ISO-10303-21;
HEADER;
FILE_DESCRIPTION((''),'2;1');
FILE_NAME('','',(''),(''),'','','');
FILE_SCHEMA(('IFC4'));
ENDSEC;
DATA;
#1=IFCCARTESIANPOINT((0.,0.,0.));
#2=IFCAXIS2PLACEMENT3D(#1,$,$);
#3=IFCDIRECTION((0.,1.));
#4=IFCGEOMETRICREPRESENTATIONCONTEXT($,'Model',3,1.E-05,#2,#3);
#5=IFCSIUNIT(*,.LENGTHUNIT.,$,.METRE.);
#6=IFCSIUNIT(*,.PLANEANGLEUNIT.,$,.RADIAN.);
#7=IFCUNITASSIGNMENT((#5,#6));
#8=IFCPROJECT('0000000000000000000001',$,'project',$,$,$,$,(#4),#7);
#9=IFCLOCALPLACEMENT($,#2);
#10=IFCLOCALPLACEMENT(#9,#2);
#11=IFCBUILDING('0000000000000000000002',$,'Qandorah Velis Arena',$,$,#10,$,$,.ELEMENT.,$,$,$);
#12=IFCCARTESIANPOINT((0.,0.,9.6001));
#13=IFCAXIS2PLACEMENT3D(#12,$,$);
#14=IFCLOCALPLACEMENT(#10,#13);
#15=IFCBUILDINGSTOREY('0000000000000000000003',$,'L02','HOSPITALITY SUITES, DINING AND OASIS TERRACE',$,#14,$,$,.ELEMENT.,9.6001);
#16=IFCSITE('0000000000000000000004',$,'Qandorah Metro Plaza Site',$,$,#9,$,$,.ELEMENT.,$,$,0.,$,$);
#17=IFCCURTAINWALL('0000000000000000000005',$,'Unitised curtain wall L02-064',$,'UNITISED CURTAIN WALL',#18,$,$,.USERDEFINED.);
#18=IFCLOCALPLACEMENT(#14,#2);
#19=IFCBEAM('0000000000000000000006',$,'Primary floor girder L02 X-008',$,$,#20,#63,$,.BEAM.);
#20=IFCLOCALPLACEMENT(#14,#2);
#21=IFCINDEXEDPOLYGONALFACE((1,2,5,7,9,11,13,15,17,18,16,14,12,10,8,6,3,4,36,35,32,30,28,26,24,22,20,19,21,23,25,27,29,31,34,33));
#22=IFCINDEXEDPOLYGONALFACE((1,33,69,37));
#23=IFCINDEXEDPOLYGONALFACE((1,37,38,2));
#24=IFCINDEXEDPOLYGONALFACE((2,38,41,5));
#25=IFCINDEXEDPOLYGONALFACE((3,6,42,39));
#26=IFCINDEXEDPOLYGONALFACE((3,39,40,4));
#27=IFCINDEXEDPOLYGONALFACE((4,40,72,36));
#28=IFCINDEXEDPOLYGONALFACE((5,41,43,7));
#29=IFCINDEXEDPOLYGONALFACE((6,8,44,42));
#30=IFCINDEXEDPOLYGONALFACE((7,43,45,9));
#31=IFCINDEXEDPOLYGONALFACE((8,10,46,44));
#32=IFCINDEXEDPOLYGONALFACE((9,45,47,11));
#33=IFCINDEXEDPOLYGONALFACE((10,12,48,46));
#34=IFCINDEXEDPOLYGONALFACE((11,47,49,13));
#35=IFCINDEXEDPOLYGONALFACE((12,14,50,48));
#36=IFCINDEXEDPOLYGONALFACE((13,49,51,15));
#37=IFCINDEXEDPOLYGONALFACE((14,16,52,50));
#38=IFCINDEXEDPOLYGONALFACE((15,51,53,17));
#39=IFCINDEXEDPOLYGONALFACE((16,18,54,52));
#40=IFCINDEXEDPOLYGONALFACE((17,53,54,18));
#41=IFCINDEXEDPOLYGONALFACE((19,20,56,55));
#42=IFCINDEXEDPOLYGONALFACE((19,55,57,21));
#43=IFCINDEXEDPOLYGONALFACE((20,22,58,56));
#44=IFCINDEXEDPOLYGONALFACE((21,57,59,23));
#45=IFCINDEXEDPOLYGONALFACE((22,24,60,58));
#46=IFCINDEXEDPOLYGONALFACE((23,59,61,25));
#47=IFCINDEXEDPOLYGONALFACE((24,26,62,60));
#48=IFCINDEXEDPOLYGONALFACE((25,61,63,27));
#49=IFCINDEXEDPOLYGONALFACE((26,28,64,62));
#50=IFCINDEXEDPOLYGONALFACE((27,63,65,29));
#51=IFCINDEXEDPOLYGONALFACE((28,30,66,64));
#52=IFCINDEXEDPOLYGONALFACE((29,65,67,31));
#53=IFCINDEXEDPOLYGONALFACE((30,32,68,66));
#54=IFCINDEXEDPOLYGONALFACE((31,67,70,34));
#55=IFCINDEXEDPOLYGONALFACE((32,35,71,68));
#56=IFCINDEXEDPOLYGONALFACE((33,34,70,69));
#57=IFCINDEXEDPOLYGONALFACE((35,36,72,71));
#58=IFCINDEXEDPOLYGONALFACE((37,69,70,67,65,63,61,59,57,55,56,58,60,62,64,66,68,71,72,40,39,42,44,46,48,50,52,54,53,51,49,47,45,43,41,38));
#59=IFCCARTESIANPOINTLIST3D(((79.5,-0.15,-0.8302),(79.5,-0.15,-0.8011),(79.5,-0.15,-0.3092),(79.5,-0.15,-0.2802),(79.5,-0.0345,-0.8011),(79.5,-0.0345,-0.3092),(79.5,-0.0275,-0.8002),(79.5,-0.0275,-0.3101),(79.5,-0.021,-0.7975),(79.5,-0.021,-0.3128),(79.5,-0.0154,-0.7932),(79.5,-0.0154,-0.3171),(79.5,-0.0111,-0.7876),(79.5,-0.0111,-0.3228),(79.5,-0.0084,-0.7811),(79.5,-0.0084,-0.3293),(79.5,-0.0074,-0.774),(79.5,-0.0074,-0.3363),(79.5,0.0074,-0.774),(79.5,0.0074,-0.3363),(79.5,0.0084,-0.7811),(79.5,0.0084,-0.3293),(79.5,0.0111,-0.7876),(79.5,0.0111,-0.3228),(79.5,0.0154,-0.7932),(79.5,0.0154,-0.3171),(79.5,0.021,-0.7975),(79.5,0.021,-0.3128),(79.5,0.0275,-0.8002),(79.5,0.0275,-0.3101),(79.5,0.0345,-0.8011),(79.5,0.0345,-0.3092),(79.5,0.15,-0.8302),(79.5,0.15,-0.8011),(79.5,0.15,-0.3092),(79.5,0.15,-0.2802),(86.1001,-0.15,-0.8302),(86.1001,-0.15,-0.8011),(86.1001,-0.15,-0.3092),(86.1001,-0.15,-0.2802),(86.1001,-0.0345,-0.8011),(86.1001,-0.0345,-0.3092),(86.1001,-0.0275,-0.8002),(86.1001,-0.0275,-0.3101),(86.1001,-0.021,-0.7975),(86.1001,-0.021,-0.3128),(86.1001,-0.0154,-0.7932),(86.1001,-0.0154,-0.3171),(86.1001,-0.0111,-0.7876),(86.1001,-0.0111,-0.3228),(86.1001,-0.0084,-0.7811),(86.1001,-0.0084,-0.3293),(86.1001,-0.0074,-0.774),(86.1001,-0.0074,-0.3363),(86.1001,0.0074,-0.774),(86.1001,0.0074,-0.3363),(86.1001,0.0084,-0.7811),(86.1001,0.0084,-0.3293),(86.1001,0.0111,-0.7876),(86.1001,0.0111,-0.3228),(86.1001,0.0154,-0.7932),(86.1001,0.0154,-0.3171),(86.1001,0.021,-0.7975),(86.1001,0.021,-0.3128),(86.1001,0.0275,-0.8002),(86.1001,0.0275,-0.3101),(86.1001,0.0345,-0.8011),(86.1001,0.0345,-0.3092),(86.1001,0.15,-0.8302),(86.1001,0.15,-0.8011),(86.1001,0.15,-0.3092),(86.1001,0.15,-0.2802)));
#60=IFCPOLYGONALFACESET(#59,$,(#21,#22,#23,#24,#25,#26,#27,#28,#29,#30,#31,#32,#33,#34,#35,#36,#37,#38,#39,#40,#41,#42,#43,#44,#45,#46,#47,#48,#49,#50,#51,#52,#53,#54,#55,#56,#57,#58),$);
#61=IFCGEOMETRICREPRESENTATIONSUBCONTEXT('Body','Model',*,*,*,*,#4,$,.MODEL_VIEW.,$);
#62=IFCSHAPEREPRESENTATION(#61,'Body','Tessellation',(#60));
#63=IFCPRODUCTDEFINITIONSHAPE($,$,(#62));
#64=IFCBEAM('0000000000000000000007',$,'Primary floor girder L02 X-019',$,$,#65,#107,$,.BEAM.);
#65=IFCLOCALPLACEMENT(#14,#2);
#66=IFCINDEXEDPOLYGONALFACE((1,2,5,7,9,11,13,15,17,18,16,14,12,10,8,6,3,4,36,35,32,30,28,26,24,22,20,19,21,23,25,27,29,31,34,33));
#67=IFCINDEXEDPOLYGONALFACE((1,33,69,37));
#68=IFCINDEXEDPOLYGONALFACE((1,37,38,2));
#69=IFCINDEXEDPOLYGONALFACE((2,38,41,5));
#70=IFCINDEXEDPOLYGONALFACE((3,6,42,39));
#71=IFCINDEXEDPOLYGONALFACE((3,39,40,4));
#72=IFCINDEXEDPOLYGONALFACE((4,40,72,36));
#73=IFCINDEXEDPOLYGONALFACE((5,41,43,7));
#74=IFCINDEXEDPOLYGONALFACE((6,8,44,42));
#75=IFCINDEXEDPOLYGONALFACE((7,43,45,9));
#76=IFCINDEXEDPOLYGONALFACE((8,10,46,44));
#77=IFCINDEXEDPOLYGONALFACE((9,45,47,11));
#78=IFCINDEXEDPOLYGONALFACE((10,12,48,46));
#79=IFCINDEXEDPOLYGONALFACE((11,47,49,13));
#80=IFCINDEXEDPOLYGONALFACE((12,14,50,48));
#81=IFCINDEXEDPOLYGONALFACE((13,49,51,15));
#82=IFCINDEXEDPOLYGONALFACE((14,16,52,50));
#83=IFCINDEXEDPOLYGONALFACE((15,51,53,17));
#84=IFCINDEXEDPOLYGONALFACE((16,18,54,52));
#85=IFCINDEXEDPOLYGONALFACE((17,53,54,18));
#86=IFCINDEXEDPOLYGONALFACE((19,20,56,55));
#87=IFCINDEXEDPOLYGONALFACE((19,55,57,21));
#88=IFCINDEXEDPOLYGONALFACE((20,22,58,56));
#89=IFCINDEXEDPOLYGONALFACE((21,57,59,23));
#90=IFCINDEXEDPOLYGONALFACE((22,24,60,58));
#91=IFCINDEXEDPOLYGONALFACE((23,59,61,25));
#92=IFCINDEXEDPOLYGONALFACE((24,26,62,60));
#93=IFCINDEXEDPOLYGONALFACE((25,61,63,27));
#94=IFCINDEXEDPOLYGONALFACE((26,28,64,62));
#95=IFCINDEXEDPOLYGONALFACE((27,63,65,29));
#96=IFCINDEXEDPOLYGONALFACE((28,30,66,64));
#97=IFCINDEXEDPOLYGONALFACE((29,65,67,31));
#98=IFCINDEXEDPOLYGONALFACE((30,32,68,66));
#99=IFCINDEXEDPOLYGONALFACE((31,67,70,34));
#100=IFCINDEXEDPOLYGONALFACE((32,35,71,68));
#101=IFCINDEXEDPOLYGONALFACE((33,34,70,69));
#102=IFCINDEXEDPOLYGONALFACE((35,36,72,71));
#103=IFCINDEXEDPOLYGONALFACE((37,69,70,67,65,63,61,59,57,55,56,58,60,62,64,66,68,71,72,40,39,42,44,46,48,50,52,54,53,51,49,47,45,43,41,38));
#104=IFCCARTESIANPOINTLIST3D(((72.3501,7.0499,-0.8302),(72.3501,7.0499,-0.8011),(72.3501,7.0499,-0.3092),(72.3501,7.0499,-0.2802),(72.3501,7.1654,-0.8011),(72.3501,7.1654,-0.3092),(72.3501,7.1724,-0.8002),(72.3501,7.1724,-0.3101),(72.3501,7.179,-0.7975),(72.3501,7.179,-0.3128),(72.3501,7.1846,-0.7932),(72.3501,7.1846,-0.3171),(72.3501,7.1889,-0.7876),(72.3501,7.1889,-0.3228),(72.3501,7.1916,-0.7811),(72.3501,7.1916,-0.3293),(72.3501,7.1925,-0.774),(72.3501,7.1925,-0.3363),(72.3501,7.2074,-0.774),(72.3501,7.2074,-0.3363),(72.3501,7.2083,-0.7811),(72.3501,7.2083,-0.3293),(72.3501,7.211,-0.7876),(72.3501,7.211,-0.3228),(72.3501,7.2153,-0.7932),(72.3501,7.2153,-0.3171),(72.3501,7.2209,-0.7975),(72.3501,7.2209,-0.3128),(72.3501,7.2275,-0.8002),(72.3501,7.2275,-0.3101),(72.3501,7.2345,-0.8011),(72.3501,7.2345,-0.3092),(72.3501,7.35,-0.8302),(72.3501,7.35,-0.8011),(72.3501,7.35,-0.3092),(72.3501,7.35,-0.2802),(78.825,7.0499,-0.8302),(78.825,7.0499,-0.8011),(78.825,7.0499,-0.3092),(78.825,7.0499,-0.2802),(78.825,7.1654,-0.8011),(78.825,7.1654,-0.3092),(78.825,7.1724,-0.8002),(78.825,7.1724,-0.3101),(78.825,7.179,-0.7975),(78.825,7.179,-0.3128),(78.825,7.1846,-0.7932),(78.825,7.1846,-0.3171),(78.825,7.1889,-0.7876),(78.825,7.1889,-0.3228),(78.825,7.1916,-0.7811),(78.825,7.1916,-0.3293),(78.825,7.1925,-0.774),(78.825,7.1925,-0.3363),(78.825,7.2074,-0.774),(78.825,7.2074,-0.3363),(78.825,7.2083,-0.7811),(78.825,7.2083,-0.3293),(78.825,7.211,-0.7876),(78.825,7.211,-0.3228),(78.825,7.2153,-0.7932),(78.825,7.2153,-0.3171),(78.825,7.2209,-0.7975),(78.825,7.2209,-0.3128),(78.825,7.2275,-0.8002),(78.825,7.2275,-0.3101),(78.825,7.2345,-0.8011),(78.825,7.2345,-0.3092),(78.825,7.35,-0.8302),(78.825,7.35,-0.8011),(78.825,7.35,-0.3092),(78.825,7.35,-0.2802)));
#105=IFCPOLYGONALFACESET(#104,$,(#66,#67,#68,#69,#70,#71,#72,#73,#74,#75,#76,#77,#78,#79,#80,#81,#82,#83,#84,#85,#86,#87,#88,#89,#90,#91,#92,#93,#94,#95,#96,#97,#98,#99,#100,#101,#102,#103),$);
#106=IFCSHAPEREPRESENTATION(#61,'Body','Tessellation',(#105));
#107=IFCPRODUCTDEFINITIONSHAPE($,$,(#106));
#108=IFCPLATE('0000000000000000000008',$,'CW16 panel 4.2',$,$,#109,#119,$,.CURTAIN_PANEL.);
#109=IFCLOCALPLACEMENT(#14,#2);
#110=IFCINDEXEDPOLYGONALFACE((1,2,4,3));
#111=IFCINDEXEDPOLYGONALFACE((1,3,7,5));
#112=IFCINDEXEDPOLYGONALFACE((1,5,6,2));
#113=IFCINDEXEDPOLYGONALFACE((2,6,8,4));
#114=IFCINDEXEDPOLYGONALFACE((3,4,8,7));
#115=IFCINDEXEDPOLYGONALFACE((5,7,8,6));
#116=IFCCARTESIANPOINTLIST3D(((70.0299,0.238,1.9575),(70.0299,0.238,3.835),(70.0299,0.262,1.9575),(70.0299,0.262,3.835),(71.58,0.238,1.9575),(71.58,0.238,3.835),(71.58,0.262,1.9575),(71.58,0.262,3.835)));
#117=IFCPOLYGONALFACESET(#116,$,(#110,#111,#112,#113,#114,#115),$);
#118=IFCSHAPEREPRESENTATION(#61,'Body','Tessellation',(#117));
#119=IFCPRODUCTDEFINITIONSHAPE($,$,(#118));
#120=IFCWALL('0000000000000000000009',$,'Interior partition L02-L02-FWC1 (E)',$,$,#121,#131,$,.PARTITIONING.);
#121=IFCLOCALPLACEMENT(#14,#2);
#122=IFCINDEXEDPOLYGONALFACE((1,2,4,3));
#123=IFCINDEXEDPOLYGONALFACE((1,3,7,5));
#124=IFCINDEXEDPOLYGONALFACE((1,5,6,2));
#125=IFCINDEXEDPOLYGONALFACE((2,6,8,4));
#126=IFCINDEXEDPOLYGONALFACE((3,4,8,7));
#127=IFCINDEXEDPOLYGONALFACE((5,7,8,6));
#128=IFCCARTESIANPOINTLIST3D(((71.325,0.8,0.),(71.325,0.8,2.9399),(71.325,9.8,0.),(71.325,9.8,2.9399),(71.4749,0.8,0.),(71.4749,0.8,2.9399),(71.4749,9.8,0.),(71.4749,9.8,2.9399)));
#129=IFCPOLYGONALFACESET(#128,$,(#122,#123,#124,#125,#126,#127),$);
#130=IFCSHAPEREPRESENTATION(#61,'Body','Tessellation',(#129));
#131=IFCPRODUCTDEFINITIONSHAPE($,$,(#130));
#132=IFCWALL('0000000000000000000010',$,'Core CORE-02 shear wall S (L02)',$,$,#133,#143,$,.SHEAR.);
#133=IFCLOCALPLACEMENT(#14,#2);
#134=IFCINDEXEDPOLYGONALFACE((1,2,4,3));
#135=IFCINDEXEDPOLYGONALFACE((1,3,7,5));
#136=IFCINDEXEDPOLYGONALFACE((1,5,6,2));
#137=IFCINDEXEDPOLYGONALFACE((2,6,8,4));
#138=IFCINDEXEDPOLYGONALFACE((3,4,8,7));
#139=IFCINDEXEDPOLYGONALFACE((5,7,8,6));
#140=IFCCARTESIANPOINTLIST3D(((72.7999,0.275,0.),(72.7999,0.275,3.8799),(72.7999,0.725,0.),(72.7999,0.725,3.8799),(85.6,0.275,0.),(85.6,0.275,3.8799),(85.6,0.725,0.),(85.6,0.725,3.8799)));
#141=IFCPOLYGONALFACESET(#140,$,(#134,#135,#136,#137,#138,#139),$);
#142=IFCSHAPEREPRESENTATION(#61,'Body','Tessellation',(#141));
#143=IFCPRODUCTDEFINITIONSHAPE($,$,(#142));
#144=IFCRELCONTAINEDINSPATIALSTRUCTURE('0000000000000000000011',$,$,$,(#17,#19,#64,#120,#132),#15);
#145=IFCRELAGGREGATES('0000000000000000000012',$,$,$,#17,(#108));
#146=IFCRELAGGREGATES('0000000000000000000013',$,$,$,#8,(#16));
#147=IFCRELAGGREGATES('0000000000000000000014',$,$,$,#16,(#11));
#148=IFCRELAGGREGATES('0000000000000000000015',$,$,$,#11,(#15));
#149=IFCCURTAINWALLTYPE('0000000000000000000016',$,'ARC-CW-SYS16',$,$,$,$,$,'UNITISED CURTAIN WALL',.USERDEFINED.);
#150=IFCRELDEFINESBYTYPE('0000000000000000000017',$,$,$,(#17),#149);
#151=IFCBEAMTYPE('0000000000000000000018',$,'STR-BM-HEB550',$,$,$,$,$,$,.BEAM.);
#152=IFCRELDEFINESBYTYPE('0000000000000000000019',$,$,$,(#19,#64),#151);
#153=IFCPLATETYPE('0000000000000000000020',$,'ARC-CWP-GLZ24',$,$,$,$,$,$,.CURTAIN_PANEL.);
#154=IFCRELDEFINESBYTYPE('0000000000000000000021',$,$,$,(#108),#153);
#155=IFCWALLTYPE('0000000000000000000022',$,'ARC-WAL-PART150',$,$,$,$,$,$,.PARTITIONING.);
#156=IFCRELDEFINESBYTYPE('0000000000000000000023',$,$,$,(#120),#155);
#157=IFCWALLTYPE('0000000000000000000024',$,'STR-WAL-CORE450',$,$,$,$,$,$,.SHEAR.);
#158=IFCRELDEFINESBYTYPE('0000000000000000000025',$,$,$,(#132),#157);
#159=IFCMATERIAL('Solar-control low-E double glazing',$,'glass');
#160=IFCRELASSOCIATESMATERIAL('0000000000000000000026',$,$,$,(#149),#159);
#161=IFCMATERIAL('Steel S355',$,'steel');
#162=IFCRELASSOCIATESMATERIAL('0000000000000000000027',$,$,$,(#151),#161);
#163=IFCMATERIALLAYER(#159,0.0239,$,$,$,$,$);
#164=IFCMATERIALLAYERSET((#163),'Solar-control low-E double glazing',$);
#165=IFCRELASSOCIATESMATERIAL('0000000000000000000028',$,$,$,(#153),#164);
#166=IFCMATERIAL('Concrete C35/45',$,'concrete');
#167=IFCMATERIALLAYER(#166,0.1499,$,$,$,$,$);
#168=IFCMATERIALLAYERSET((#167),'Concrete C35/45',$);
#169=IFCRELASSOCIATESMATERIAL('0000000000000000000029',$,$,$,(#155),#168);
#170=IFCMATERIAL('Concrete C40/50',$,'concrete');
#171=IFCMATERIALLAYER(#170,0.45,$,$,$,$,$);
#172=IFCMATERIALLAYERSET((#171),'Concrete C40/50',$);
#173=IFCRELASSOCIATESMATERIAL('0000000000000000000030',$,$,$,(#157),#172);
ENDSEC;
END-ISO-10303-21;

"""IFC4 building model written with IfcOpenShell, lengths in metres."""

from ifc_helpers import new_model, si_unit, direction, frame, frame_2d, origin, origin_2d, place, context, subcontext, project, spatial, rectangle, i_section, extrude, material, layer, layer_set, material_profile, profile_set, type_object, element, aggregate, save


model = new_model("IFC4")

# Units and contexts
model_context = context("Model", 3, precision=1e-05, world=origin(), true_north=direction((0.0, 1.0)))
body_context = subcontext(model_context, "Body", "Model", "MODEL_VIEW")
ifc_project = project(units=[si_unit("LENGTHUNIT", "METRE"), si_unit("PLANEANGLEUNIT", "RADIAN")], contexts=[model_context])

# Site, building, storey
site_placement = place(None, origin())
site = spatial("IfcSite", under=ifc_project, at=site_placement, Name="Qandorah Metro Plaza Site", CompositionType="ELEMENT", RefElevation=0.0)
building_placement = place(site_placement, origin())
building = spatial("IfcBuilding", under=site, at=building_placement, Name="Qandorah Velis Arena", CompositionType="ELEMENT")
storey_placement = place(building_placement, frame((0.0, 0.0, 9.6001)))
storey = spatial("IfcBuildingStorey", under=building, at=storey_placement, Name="L02", Description="HOSPITALITY SUITES, DINING AND OASIS TERRACE", CompositionType="ELEMENT", Elevation=9.6001)

# Shared definitions
ifc_material_1 = material(Name="Concrete C40/50", Category="concrete")

# Curtain wall
ifc_material_2 = material(Name="Solar-control low-E double glazing", Category="glass")
curtain_wall_type = type_object("IfcCurtainWallType", Name="ARC-CW-SYS16", ElementType="UNITISED CURTAIN WALL", PredefinedType="USERDEFINED", material=ifc_material_2)
curtain_wall_placement = place(storey_placement, origin())
curtain_wall = element("IfcCurtainWall", 1, at=curtain_wall_placement, inside=storey, type_object=curtain_wall_type, Name="Unitised curtain wall L02-064", ObjectType="UNITISED CURTAIN WALL", PredefinedType="USERDEFINED")

# Beams
ifc_material_3 = material(Name="Steel S355", Category="steel")
ifc_material_profile_1 = material_profile(ifc_material_3, i_section(OverallWidth=0.3, OverallDepth=0.55, WebThickness=0.0149, FlangeThickness=0.0291, FilletRadius=0.0271, at=origin_2d()), Name="HEB 550")
ifc_profile_set_1 = profile_set([ifc_material_profile_1], Name="Steel S355")
beam_type_1 = type_object("IfcBeamType", Name="STR-BM-HEB550", PredefinedType="BEAM", material=ifc_profile_set_1)
beam_1_placement = place(storey_placement, frame((79.5, 0.0, -0.5552), z_axis=(1.0, 0.0, 0.0), x_axis=(0.0, 1.0, 0.0)))
element("IfcBeam", 2, at=beam_1_placement, inside=storey, type_object=beam_type_1, Name="Primary floor girder L02 X-008", PredefinedType="BEAM", context=body_context, shape_type="SweptSolid", body=[
    extrude(i_section(OverallWidth=0.3, OverallDepth=0.55, WebThickness=0.0149, FlangeThickness=0.0291, FilletRadius=0.0271, at=origin_2d()), origin(), (0.0, 0.0, 1.0), 6.6001),
])
beam_2_placement = place(storey_placement, frame((72.3501, 7.2, -0.5552), z_axis=(1.0, 0.0, 0.0), x_axis=(0.0, 1.0, 0.0)))
element("IfcBeam", 3, at=beam_2_placement, inside=storey, type_object=beam_type_1, Name="Primary floor girder L02 X-019", PredefinedType="BEAM", context=body_context, shape_type="SweptSolid", body=[
    extrude(i_section(OverallWidth=0.3, OverallDepth=0.55, WebThickness=0.0149, FlangeThickness=0.0291, FilletRadius=0.0271, at=origin_2d()), origin(), (0.0, 0.0, 1.0), 6.4749),
])

# Plate
ifc_layer_1 = layer(ifc_material_2, 0.0239)
ifc_layer_set_1 = layer_set([ifc_layer_1], Name="Solar-control low-E double glazing")
plate_type = type_object("IfcPlateType", Name="ARC-CWP-GLZ24", PredefinedType="CURTAIN_PANEL", material=ifc_layer_set_1)
plate_placement = place(storey_placement, frame((70.8049, 0.25, 1.9575), z_axis=(0.0, 0.0, 1.0), x_axis=(1.0, 0.0, 0.0)))
plate = element("IfcPlate", 4, at=plate_placement, type_object=plate_type, Name="CW16 panel 4.2", PredefinedType="CURTAIN_PANEL", context=body_context, shape_type="SweptSolid", body=[
    extrude(rectangle(XDim=1.55, YDim=0.0239, at=origin_2d()), origin(), (0.0, 0.0, 1.0), 1.8774),
])
aggregate(curtain_wall, [plate])

# Walls
ifc_material_4 = material(Name="Concrete C35/45", Category="concrete")
ifc_layer_2 = layer(ifc_material_4, 0.1499)
ifc_layer_set_2 = layer_set([ifc_layer_2], Name="Concrete C35/45")
wall_type_1 = type_object("IfcWallType", Name="ARC-WAL-PART150", PredefinedType="PARTITIONING", material=ifc_layer_set_2)
wall_1_placement = place(storey_placement, frame((71.3999, 0.8, 0.0), z_axis=(0.0, 0.0, 1.0), x_axis=(0.0, 1.0, 0.0)))
element("IfcWall", 5, at=wall_1_placement, inside=storey, type_object=wall_type_1, Name="Interior partition L02-L02-FWC1 (E)", PredefinedType="PARTITIONING", context=body_context, shape_type="SweptSolid", body=[
    extrude(rectangle(XDim=9.0, YDim=0.1499, at=frame_2d((4.5, 0.0))), origin(), (0.0, 0.0, 1.0), 2.9399),
])
ifc_layer_3 = layer(ifc_material_1, 0.45)
ifc_layer_set_3 = layer_set([ifc_layer_3], Name="Concrete C40/50")
wall_type_2 = type_object("IfcWallType", Name="STR-WAL-CORE450", PredefinedType="SHEAR", material=ifc_layer_set_3)
wall_2_placement = place(storey_placement, frame((72.8, 0.5, 0.0), z_axis=(0.0, 0.0, 1.0), x_axis=(1.0, 0.0, 0.0)))
element("IfcWall", 6, at=wall_2_placement, inside=storey, type_object=wall_type_2, Name="Core CORE-02 shear wall S (L02)", PredefinedType="SHEAR", context=body_context, shape_type="SweptSolid", body=[
    extrude(rectangle(XDim=12.8, YDim=0.45, at=frame_2d((6.3999, 0.0))), origin(), (0.0, 0.0, 1.0), 3.8799),
])

save(model, "model.ifc")
